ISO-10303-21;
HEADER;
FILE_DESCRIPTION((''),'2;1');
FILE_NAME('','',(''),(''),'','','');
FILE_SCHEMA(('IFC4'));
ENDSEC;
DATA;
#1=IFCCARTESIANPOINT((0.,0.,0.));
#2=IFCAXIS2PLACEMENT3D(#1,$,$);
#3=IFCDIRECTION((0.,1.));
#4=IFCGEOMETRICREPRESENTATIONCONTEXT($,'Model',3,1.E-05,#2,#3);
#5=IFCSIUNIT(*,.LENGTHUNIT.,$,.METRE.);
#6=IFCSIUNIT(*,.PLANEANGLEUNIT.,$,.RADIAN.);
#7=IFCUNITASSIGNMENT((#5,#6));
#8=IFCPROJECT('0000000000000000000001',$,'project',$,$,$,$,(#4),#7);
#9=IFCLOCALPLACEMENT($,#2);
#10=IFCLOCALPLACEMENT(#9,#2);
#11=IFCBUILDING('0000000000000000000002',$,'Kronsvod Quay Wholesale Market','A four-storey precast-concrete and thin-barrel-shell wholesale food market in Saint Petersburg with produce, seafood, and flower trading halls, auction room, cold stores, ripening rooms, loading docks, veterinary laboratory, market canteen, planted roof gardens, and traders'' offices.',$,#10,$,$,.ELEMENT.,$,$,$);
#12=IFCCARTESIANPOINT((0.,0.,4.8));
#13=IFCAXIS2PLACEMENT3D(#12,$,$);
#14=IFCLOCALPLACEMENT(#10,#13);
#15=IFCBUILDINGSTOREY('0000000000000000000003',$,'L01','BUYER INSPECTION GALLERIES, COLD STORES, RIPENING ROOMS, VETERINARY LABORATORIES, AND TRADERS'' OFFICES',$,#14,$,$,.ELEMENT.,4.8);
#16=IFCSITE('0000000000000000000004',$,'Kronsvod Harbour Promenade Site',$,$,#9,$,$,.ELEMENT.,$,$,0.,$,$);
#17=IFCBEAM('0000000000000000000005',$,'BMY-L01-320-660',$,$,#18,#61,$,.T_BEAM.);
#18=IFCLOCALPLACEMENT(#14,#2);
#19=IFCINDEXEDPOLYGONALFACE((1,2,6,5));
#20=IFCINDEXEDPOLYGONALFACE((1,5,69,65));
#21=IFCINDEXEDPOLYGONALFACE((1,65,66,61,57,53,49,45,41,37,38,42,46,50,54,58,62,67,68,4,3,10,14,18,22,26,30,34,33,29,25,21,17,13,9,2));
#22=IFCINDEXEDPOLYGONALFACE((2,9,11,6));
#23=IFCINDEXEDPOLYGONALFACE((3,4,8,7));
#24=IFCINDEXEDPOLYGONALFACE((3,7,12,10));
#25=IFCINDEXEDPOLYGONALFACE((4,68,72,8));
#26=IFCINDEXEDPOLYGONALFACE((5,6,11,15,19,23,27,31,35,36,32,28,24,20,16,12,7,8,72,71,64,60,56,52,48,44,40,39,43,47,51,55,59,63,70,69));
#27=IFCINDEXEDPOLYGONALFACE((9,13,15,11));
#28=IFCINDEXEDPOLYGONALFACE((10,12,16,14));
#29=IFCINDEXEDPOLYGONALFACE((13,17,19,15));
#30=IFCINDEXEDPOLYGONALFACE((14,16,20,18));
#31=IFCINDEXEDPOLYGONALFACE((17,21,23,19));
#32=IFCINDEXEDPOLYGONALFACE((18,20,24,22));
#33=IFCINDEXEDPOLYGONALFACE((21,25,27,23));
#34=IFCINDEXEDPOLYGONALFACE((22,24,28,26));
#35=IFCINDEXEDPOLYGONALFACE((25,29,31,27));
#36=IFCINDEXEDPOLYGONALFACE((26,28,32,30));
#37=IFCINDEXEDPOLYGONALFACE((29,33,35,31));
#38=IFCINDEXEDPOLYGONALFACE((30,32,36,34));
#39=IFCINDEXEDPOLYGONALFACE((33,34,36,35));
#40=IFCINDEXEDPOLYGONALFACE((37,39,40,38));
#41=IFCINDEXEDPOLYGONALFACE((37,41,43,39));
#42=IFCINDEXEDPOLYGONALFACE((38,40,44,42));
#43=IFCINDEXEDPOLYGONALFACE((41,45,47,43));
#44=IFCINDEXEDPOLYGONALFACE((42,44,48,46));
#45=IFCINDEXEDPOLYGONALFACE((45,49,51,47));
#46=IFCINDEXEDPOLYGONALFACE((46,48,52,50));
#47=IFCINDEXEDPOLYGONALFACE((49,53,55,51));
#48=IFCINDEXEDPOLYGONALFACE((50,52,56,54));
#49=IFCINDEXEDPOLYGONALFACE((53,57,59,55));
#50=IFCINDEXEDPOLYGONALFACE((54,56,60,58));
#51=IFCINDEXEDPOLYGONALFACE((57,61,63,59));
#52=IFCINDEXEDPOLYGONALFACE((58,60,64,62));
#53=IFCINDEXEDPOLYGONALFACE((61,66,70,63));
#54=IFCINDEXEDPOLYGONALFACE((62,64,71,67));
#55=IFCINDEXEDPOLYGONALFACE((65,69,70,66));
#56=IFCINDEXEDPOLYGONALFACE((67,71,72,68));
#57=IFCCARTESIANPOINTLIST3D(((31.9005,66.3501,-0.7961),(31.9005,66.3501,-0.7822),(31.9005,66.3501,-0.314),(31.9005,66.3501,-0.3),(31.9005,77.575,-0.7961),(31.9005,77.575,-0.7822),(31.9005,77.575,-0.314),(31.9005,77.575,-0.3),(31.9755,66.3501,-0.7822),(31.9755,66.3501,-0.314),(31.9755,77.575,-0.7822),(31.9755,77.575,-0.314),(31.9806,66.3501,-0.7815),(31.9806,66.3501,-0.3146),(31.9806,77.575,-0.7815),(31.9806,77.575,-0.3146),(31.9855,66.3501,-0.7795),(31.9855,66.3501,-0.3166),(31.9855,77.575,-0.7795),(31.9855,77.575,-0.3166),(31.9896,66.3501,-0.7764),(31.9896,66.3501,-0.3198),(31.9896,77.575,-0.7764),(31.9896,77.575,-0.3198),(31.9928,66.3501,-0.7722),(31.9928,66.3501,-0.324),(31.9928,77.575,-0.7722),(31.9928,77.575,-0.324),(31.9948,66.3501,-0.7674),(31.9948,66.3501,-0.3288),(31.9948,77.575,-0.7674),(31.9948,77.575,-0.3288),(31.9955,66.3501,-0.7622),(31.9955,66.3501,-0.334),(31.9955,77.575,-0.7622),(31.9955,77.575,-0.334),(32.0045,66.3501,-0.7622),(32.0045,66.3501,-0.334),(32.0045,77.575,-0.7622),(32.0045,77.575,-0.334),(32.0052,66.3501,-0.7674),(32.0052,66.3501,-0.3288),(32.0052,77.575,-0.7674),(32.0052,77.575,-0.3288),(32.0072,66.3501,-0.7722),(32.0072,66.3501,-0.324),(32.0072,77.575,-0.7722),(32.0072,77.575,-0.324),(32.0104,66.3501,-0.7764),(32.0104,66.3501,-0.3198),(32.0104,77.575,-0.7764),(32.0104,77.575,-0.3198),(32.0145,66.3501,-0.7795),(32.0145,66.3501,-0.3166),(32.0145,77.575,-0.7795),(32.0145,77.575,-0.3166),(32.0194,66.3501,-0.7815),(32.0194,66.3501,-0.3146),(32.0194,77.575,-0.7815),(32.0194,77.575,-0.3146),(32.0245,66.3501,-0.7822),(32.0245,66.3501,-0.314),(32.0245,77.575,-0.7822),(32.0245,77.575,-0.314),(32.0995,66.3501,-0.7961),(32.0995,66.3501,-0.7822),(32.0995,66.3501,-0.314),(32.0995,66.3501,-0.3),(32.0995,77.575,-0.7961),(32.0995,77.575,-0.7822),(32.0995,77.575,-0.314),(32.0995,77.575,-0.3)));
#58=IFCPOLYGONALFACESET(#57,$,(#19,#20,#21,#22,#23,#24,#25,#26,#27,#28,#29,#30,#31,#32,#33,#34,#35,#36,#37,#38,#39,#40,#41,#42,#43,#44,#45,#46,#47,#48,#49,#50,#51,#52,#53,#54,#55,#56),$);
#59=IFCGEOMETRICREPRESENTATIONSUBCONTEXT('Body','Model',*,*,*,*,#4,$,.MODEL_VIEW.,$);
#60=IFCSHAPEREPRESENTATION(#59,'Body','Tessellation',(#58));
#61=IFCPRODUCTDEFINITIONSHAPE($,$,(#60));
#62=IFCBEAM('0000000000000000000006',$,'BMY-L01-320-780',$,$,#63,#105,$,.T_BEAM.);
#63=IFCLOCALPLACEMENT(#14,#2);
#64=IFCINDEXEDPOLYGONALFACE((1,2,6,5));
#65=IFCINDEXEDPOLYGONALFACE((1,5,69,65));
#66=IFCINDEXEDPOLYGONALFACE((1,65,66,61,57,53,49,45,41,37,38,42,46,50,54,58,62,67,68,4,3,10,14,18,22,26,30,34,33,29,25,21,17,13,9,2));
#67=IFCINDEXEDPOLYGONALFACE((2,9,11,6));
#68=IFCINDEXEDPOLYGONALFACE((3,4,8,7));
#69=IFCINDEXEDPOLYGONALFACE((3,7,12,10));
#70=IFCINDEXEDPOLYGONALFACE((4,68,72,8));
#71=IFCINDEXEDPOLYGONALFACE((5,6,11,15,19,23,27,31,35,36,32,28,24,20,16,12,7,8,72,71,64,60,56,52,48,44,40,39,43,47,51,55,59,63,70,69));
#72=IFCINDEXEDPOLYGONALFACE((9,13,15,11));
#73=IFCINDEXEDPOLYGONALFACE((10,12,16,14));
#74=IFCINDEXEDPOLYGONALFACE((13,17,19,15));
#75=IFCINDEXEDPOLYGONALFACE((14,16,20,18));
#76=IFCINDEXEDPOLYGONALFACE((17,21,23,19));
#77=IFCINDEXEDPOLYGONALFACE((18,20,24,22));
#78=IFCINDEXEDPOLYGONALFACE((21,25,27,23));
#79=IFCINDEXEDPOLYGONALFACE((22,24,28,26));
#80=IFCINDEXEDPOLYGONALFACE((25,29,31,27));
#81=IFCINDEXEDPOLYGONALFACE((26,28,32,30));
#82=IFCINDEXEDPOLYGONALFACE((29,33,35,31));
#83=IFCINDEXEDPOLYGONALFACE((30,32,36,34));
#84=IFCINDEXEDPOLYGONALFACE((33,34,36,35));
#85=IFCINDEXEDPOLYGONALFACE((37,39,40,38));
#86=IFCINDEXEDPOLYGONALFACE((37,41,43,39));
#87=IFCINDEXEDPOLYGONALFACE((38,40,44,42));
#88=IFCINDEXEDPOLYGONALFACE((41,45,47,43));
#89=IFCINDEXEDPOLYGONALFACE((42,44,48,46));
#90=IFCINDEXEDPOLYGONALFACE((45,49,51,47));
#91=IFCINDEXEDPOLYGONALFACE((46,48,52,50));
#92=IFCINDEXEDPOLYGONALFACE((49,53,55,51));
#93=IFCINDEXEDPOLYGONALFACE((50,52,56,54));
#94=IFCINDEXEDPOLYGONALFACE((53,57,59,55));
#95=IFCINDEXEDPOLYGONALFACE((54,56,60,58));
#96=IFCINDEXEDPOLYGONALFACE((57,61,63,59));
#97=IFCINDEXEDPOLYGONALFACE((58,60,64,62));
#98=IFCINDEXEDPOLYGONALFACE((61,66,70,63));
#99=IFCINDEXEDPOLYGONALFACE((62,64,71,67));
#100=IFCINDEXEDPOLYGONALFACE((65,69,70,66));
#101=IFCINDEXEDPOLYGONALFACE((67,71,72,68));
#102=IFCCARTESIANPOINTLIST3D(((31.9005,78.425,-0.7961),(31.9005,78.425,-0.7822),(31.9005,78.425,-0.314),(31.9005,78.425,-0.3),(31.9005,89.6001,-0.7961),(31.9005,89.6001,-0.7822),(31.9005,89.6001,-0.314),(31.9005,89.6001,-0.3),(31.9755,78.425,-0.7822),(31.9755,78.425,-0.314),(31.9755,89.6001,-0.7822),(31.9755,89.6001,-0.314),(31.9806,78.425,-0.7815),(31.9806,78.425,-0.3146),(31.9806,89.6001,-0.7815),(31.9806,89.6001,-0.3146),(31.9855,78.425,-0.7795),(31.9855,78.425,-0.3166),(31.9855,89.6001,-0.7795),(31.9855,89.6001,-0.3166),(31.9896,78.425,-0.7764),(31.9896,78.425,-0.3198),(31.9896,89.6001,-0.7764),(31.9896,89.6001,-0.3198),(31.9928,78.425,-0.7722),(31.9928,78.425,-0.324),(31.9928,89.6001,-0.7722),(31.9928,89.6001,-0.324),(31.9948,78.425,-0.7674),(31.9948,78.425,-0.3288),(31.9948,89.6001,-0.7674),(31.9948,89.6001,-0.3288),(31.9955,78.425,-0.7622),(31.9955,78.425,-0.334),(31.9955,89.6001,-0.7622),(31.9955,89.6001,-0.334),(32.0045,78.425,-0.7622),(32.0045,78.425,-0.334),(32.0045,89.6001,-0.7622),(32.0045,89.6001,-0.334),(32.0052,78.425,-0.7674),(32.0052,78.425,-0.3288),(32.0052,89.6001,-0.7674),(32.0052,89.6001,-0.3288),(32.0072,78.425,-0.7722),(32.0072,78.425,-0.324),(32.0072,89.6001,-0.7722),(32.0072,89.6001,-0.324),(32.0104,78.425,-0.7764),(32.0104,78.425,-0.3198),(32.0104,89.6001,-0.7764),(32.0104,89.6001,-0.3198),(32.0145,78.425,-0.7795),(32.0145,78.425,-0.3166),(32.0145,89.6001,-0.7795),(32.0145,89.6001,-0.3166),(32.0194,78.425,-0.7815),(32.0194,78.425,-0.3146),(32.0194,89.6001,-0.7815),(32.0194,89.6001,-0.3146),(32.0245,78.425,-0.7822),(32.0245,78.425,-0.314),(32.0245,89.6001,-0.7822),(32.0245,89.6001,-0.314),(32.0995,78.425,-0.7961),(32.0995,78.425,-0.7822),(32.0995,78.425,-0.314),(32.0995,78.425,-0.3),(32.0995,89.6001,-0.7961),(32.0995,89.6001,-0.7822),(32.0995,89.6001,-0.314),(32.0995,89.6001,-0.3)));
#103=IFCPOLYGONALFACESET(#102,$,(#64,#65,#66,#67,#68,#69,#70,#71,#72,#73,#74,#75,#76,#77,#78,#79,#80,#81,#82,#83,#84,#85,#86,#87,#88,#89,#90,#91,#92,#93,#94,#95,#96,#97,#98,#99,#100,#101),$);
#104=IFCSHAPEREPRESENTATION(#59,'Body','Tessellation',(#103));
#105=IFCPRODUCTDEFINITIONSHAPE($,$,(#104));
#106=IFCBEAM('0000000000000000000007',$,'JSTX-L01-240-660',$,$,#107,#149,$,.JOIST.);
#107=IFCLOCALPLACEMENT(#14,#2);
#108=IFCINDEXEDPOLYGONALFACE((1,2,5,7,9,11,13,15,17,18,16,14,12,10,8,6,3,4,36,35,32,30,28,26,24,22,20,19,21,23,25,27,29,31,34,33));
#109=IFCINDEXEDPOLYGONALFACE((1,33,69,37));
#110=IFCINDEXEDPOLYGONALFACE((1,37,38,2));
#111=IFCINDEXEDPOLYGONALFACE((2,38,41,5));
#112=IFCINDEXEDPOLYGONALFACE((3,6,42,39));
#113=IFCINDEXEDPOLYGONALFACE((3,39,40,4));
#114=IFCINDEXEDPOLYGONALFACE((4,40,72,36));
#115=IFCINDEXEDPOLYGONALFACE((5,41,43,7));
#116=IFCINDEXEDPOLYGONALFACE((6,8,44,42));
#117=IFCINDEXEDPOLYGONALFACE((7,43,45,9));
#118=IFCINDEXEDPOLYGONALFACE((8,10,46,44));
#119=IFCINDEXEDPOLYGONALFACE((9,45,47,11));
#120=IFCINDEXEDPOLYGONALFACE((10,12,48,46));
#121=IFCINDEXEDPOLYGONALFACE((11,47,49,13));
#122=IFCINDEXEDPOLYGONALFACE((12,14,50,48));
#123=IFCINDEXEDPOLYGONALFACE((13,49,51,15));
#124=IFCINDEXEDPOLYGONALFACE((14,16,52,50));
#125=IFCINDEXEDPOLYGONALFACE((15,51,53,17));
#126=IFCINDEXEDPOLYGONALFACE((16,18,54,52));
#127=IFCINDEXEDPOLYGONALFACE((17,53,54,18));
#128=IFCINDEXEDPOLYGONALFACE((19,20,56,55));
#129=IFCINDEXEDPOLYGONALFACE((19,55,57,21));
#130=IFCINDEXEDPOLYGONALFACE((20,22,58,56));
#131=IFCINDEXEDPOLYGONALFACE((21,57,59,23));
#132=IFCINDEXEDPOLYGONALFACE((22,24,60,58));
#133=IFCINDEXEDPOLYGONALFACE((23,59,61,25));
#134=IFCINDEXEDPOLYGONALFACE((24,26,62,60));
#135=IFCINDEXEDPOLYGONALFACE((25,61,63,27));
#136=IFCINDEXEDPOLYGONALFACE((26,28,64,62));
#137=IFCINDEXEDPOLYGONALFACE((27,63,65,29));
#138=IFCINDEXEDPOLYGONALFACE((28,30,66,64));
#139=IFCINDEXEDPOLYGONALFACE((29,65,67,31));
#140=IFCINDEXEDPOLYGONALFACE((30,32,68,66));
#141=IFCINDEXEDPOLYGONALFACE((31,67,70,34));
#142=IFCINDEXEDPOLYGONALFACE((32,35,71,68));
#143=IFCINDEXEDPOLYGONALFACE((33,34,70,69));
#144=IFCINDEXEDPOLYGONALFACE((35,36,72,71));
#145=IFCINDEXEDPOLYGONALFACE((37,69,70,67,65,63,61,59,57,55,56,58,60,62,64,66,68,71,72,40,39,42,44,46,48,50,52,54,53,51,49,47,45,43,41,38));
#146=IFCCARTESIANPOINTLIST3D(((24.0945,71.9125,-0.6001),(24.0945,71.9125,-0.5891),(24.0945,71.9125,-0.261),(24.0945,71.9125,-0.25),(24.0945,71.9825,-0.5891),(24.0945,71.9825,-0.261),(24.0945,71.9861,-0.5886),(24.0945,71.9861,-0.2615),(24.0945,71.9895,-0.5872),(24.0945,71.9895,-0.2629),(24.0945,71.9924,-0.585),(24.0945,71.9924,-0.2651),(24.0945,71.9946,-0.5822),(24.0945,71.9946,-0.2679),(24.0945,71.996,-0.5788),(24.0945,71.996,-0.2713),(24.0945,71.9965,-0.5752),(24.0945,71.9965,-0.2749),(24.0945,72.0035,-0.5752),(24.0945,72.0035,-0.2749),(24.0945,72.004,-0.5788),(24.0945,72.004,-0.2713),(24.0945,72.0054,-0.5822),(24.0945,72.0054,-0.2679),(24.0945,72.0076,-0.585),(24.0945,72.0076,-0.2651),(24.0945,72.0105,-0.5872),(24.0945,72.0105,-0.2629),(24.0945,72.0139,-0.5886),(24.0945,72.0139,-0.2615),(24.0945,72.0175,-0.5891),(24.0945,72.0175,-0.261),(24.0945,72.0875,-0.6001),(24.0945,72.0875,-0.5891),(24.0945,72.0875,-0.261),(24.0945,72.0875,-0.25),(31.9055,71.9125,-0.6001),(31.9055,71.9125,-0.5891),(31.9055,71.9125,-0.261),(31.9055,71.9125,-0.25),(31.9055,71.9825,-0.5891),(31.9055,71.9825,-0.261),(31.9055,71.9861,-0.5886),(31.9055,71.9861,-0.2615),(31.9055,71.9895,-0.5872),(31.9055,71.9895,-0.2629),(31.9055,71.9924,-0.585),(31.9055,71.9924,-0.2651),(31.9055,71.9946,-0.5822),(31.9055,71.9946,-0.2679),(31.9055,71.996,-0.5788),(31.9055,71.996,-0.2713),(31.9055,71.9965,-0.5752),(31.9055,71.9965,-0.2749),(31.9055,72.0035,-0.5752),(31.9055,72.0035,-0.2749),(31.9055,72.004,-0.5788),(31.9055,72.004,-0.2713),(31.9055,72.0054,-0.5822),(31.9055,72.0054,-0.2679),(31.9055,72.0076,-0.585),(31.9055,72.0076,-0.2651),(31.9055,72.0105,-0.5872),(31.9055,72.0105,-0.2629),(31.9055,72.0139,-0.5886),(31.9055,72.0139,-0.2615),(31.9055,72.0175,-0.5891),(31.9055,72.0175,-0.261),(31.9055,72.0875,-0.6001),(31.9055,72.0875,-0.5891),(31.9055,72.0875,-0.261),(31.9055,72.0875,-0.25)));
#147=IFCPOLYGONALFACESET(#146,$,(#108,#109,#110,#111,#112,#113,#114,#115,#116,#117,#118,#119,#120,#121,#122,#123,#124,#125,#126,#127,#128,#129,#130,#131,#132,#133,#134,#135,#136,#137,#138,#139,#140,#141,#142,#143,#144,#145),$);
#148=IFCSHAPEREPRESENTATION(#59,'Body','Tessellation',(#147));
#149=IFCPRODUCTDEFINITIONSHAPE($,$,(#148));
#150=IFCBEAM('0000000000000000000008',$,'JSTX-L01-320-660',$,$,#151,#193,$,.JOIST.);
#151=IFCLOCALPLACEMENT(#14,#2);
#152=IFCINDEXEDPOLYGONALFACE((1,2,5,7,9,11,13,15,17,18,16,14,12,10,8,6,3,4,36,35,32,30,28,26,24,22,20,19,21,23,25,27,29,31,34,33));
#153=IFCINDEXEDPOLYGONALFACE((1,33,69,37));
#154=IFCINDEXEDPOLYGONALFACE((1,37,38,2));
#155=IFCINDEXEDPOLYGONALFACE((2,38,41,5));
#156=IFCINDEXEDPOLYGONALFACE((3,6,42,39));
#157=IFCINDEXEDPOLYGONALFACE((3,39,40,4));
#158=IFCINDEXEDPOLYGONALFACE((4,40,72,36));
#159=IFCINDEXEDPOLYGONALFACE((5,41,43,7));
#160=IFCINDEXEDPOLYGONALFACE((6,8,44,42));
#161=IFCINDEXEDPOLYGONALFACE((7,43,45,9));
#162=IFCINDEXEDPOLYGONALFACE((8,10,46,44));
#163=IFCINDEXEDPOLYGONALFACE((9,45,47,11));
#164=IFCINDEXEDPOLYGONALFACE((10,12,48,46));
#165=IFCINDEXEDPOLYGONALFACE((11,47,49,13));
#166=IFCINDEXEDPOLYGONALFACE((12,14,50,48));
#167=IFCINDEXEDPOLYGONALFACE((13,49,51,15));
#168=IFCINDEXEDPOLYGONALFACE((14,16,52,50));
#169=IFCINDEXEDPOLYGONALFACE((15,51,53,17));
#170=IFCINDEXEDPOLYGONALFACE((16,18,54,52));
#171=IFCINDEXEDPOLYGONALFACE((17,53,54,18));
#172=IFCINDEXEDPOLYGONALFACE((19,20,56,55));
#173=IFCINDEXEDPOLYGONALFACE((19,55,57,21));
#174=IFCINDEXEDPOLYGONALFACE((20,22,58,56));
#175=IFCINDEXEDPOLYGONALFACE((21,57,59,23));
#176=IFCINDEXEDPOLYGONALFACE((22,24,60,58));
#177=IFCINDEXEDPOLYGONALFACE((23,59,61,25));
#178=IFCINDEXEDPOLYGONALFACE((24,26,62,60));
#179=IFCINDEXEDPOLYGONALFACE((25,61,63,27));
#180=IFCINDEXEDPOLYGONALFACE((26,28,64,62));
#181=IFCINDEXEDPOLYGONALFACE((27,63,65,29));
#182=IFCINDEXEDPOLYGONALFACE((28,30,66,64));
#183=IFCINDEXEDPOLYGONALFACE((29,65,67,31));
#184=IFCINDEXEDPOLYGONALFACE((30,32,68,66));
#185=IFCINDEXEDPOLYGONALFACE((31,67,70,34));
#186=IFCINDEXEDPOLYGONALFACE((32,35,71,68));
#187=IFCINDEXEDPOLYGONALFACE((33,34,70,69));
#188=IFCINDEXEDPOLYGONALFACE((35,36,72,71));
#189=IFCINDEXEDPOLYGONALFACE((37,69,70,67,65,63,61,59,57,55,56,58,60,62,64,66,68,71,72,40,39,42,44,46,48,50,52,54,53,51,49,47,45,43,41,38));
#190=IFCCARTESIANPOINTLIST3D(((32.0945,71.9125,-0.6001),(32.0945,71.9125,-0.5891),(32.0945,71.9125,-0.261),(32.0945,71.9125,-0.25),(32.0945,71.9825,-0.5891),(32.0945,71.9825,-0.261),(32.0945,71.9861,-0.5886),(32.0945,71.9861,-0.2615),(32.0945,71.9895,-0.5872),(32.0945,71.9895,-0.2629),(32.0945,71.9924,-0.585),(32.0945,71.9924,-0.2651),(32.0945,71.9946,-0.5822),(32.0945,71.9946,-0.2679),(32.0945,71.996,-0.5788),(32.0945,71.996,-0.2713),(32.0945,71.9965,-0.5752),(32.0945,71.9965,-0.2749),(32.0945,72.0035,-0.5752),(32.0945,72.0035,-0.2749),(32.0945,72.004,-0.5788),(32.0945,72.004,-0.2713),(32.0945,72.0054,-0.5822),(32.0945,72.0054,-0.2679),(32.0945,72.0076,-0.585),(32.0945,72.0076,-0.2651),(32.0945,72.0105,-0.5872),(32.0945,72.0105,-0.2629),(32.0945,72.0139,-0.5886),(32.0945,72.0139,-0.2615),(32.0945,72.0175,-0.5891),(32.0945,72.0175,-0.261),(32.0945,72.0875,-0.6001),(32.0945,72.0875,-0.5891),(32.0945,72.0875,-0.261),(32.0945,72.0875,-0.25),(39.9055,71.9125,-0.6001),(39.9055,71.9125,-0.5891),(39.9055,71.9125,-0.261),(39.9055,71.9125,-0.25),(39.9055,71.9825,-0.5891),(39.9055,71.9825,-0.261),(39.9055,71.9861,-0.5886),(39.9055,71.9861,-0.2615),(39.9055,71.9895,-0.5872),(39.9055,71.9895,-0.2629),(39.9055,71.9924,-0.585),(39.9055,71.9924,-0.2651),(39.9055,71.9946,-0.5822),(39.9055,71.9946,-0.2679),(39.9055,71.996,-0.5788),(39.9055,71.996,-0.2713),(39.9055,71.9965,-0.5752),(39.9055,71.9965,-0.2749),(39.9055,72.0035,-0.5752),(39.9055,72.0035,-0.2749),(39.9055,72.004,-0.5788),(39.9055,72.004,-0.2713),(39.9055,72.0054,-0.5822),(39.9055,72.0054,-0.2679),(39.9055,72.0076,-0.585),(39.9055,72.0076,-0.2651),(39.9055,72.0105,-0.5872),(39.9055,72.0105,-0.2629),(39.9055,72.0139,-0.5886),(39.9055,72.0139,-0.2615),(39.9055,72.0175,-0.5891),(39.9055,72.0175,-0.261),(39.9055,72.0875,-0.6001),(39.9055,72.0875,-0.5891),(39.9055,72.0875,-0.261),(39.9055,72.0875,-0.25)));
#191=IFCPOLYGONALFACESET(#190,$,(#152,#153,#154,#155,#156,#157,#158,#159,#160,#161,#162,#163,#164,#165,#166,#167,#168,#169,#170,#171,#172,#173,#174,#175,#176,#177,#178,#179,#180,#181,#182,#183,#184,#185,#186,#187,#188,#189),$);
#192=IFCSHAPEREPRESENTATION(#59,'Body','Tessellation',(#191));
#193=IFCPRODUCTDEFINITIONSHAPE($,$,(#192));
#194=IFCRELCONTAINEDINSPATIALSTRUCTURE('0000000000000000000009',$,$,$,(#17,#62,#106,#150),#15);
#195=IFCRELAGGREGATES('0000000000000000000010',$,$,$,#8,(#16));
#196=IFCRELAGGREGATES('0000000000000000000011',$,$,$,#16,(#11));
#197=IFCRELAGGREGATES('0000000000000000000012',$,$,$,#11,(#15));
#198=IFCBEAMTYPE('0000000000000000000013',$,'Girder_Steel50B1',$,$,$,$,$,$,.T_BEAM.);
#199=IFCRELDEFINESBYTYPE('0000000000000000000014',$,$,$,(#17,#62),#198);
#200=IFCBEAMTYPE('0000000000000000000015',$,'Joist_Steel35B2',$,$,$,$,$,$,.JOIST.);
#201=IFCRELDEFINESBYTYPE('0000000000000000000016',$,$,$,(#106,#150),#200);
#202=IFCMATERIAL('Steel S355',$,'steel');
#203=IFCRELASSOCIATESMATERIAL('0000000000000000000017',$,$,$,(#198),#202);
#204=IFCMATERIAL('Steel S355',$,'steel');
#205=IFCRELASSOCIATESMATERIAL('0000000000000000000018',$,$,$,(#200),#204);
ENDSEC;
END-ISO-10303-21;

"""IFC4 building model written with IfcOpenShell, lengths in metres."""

from ifc_helpers import new_model, si_unit, direction, frame, origin, origin_2d, place, context, subcontext, project, spatial, i_section, extrude, material, material_profile, profile_set, type_object, element, save


model = new_model("IFC4")

# Units and contexts
model_context = context("Model", 3, precision=1e-05, world=origin(), true_north=direction((0.0, 1.0)))
body_context = subcontext(model_context, "Body", "Model", "MODEL_VIEW")
ifc_project = project(units=[si_unit("LENGTHUNIT", "METRE"), si_unit("PLANEANGLEUNIT", "RADIAN")], contexts=[model_context])

# Site, building, storey
site_placement = place(None, origin())
site = spatial("IfcSite", under=ifc_project, at=site_placement, Name="Kronsvod Harbour Promenade Site", CompositionType="ELEMENT", RefElevation=0.0)
building_placement = place(site_placement, origin())
building = spatial("IfcBuilding", under=site, at=building_placement, Name="Kronsvod Quay Wholesale Market", Description="A four-storey precast-concrete and thin-barrel-shell wholesale food market in Saint Petersburg with produce, seafood, and flower trading halls, auction room, cold stores, ripening rooms, loading docks, veterinary laboratory, market canteen, planted roof gardens, and traders' offices.", CompositionType="ELEMENT")
storey_placement = place(building_placement, frame((0.0, 0.0, 4.8)))
storey = spatial("IfcBuildingStorey", under=building, at=storey_placement, Name="L01", Description="BUYER INSPECTION GALLERIES, COLD STORES, RIPENING ROOMS, VETERINARY LABORATORIES, AND TRADERS' OFFICES", CompositionType="ELEMENT", Elevation=4.8)

# Beams
ifc_material_1 = material(Name="Steel S355", Category="steel")
ifc_material_profile_1 = material_profile(ifc_material_1, i_section(OverallWidth=0.199, OverallDepth=0.4961, WebThickness=0.009, FlangeThickness=0.0139, FilletRadius=0.02, at=origin_2d()), Name="50B1")
ifc_profile_set_1 = profile_set([ifc_material_profile_1], Name="Steel S355")
beam_type_1 = type_object("IfcBeamType", Name="Girder_Steel50B1", PredefinedType="T_BEAM", material=ifc_profile_set_1)
beam_1_placement = place(storey_placement, frame((32.0, 66.3501, -0.5481), z_axis=(0.0, 1.0, 0.0), x_axis=(-1.0, 0.0, 0.0)))
element("IfcBeam", 1, at=beam_1_placement, inside=storey, type_object=beam_type_1, Name="BMY-L01-320-660", PredefinedType="T_BEAM", context=body_context, shape_type="SweptSolid", body=[
    extrude(i_section(OverallWidth=0.199, OverallDepth=0.4961, WebThickness=0.009, FlangeThickness=0.0139, FilletRadius=0.02, at=origin_2d()), origin(), (0.0, 0.0, 1.0), 11.2249),
])
beam_2_placement = place(storey_placement, frame((32.0, 78.425, -0.5481), z_axis=(0.0, 1.0, 0.0), x_axis=(-1.0, 0.0, 0.0)))
element("IfcBeam", 2, at=beam_2_placement, inside=storey, type_object=beam_type_1, Name="BMY-L01-320-780", PredefinedType="T_BEAM", context=body_context, shape_type="SweptSolid", body=[
    extrude(i_section(OverallWidth=0.199, OverallDepth=0.4961, WebThickness=0.009, FlangeThickness=0.0139, FilletRadius=0.02, at=origin_2d()), origin(), (0.0, 0.0, 1.0), 11.175),
])
ifc_material_2 = material(Name="Steel S355", Category="steel")
ifc_material_profile_2 = material_profile(ifc_material_2, i_section(OverallWidth=0.175, OverallDepth=0.3501, WebThickness=0.0071, FlangeThickness=0.011, FilletRadius=0.0139, at=origin_2d()), Name="35B2")
ifc_profile_set_2 = profile_set([ifc_material_profile_2], Name="Steel S355")
beam_type_2 = type_object("IfcBeamType", Name="Joist_Steel35B2", PredefinedType="JOIST", material=ifc_profile_set_2)
for number, where, z_axis, x_axis, name in (
    (3, (24.0945, 72.0, -0.425), (1.0, 0.0, 0.0), (0.0, 1.0, 0.0), "JSTX-L01-240-660"),
    (4, (32.0945, 72.0, -0.425), (1.0, 0.0, 0.0), (0.0, 1.0, 0.0), "JSTX-L01-320-660"),
):
    element("IfcBeam", number, at=place(storey_placement, frame(where, z_axis=z_axis, x_axis=x_axis)), inside=storey, type_object=beam_type_2, Name=name, PredefinedType="JOIST", context=body_context, shape_type="SweptSolid", body=[
        extrude(i_section(OverallWidth=0.175, OverallDepth=0.3501, WebThickness=0.0071, FlangeThickness=0.011, FilletRadius=0.0139, at=origin_2d()), origin(), (0.0, 0.0, 1.0), 7.811),
    ])

save(model, "model.ifc")
